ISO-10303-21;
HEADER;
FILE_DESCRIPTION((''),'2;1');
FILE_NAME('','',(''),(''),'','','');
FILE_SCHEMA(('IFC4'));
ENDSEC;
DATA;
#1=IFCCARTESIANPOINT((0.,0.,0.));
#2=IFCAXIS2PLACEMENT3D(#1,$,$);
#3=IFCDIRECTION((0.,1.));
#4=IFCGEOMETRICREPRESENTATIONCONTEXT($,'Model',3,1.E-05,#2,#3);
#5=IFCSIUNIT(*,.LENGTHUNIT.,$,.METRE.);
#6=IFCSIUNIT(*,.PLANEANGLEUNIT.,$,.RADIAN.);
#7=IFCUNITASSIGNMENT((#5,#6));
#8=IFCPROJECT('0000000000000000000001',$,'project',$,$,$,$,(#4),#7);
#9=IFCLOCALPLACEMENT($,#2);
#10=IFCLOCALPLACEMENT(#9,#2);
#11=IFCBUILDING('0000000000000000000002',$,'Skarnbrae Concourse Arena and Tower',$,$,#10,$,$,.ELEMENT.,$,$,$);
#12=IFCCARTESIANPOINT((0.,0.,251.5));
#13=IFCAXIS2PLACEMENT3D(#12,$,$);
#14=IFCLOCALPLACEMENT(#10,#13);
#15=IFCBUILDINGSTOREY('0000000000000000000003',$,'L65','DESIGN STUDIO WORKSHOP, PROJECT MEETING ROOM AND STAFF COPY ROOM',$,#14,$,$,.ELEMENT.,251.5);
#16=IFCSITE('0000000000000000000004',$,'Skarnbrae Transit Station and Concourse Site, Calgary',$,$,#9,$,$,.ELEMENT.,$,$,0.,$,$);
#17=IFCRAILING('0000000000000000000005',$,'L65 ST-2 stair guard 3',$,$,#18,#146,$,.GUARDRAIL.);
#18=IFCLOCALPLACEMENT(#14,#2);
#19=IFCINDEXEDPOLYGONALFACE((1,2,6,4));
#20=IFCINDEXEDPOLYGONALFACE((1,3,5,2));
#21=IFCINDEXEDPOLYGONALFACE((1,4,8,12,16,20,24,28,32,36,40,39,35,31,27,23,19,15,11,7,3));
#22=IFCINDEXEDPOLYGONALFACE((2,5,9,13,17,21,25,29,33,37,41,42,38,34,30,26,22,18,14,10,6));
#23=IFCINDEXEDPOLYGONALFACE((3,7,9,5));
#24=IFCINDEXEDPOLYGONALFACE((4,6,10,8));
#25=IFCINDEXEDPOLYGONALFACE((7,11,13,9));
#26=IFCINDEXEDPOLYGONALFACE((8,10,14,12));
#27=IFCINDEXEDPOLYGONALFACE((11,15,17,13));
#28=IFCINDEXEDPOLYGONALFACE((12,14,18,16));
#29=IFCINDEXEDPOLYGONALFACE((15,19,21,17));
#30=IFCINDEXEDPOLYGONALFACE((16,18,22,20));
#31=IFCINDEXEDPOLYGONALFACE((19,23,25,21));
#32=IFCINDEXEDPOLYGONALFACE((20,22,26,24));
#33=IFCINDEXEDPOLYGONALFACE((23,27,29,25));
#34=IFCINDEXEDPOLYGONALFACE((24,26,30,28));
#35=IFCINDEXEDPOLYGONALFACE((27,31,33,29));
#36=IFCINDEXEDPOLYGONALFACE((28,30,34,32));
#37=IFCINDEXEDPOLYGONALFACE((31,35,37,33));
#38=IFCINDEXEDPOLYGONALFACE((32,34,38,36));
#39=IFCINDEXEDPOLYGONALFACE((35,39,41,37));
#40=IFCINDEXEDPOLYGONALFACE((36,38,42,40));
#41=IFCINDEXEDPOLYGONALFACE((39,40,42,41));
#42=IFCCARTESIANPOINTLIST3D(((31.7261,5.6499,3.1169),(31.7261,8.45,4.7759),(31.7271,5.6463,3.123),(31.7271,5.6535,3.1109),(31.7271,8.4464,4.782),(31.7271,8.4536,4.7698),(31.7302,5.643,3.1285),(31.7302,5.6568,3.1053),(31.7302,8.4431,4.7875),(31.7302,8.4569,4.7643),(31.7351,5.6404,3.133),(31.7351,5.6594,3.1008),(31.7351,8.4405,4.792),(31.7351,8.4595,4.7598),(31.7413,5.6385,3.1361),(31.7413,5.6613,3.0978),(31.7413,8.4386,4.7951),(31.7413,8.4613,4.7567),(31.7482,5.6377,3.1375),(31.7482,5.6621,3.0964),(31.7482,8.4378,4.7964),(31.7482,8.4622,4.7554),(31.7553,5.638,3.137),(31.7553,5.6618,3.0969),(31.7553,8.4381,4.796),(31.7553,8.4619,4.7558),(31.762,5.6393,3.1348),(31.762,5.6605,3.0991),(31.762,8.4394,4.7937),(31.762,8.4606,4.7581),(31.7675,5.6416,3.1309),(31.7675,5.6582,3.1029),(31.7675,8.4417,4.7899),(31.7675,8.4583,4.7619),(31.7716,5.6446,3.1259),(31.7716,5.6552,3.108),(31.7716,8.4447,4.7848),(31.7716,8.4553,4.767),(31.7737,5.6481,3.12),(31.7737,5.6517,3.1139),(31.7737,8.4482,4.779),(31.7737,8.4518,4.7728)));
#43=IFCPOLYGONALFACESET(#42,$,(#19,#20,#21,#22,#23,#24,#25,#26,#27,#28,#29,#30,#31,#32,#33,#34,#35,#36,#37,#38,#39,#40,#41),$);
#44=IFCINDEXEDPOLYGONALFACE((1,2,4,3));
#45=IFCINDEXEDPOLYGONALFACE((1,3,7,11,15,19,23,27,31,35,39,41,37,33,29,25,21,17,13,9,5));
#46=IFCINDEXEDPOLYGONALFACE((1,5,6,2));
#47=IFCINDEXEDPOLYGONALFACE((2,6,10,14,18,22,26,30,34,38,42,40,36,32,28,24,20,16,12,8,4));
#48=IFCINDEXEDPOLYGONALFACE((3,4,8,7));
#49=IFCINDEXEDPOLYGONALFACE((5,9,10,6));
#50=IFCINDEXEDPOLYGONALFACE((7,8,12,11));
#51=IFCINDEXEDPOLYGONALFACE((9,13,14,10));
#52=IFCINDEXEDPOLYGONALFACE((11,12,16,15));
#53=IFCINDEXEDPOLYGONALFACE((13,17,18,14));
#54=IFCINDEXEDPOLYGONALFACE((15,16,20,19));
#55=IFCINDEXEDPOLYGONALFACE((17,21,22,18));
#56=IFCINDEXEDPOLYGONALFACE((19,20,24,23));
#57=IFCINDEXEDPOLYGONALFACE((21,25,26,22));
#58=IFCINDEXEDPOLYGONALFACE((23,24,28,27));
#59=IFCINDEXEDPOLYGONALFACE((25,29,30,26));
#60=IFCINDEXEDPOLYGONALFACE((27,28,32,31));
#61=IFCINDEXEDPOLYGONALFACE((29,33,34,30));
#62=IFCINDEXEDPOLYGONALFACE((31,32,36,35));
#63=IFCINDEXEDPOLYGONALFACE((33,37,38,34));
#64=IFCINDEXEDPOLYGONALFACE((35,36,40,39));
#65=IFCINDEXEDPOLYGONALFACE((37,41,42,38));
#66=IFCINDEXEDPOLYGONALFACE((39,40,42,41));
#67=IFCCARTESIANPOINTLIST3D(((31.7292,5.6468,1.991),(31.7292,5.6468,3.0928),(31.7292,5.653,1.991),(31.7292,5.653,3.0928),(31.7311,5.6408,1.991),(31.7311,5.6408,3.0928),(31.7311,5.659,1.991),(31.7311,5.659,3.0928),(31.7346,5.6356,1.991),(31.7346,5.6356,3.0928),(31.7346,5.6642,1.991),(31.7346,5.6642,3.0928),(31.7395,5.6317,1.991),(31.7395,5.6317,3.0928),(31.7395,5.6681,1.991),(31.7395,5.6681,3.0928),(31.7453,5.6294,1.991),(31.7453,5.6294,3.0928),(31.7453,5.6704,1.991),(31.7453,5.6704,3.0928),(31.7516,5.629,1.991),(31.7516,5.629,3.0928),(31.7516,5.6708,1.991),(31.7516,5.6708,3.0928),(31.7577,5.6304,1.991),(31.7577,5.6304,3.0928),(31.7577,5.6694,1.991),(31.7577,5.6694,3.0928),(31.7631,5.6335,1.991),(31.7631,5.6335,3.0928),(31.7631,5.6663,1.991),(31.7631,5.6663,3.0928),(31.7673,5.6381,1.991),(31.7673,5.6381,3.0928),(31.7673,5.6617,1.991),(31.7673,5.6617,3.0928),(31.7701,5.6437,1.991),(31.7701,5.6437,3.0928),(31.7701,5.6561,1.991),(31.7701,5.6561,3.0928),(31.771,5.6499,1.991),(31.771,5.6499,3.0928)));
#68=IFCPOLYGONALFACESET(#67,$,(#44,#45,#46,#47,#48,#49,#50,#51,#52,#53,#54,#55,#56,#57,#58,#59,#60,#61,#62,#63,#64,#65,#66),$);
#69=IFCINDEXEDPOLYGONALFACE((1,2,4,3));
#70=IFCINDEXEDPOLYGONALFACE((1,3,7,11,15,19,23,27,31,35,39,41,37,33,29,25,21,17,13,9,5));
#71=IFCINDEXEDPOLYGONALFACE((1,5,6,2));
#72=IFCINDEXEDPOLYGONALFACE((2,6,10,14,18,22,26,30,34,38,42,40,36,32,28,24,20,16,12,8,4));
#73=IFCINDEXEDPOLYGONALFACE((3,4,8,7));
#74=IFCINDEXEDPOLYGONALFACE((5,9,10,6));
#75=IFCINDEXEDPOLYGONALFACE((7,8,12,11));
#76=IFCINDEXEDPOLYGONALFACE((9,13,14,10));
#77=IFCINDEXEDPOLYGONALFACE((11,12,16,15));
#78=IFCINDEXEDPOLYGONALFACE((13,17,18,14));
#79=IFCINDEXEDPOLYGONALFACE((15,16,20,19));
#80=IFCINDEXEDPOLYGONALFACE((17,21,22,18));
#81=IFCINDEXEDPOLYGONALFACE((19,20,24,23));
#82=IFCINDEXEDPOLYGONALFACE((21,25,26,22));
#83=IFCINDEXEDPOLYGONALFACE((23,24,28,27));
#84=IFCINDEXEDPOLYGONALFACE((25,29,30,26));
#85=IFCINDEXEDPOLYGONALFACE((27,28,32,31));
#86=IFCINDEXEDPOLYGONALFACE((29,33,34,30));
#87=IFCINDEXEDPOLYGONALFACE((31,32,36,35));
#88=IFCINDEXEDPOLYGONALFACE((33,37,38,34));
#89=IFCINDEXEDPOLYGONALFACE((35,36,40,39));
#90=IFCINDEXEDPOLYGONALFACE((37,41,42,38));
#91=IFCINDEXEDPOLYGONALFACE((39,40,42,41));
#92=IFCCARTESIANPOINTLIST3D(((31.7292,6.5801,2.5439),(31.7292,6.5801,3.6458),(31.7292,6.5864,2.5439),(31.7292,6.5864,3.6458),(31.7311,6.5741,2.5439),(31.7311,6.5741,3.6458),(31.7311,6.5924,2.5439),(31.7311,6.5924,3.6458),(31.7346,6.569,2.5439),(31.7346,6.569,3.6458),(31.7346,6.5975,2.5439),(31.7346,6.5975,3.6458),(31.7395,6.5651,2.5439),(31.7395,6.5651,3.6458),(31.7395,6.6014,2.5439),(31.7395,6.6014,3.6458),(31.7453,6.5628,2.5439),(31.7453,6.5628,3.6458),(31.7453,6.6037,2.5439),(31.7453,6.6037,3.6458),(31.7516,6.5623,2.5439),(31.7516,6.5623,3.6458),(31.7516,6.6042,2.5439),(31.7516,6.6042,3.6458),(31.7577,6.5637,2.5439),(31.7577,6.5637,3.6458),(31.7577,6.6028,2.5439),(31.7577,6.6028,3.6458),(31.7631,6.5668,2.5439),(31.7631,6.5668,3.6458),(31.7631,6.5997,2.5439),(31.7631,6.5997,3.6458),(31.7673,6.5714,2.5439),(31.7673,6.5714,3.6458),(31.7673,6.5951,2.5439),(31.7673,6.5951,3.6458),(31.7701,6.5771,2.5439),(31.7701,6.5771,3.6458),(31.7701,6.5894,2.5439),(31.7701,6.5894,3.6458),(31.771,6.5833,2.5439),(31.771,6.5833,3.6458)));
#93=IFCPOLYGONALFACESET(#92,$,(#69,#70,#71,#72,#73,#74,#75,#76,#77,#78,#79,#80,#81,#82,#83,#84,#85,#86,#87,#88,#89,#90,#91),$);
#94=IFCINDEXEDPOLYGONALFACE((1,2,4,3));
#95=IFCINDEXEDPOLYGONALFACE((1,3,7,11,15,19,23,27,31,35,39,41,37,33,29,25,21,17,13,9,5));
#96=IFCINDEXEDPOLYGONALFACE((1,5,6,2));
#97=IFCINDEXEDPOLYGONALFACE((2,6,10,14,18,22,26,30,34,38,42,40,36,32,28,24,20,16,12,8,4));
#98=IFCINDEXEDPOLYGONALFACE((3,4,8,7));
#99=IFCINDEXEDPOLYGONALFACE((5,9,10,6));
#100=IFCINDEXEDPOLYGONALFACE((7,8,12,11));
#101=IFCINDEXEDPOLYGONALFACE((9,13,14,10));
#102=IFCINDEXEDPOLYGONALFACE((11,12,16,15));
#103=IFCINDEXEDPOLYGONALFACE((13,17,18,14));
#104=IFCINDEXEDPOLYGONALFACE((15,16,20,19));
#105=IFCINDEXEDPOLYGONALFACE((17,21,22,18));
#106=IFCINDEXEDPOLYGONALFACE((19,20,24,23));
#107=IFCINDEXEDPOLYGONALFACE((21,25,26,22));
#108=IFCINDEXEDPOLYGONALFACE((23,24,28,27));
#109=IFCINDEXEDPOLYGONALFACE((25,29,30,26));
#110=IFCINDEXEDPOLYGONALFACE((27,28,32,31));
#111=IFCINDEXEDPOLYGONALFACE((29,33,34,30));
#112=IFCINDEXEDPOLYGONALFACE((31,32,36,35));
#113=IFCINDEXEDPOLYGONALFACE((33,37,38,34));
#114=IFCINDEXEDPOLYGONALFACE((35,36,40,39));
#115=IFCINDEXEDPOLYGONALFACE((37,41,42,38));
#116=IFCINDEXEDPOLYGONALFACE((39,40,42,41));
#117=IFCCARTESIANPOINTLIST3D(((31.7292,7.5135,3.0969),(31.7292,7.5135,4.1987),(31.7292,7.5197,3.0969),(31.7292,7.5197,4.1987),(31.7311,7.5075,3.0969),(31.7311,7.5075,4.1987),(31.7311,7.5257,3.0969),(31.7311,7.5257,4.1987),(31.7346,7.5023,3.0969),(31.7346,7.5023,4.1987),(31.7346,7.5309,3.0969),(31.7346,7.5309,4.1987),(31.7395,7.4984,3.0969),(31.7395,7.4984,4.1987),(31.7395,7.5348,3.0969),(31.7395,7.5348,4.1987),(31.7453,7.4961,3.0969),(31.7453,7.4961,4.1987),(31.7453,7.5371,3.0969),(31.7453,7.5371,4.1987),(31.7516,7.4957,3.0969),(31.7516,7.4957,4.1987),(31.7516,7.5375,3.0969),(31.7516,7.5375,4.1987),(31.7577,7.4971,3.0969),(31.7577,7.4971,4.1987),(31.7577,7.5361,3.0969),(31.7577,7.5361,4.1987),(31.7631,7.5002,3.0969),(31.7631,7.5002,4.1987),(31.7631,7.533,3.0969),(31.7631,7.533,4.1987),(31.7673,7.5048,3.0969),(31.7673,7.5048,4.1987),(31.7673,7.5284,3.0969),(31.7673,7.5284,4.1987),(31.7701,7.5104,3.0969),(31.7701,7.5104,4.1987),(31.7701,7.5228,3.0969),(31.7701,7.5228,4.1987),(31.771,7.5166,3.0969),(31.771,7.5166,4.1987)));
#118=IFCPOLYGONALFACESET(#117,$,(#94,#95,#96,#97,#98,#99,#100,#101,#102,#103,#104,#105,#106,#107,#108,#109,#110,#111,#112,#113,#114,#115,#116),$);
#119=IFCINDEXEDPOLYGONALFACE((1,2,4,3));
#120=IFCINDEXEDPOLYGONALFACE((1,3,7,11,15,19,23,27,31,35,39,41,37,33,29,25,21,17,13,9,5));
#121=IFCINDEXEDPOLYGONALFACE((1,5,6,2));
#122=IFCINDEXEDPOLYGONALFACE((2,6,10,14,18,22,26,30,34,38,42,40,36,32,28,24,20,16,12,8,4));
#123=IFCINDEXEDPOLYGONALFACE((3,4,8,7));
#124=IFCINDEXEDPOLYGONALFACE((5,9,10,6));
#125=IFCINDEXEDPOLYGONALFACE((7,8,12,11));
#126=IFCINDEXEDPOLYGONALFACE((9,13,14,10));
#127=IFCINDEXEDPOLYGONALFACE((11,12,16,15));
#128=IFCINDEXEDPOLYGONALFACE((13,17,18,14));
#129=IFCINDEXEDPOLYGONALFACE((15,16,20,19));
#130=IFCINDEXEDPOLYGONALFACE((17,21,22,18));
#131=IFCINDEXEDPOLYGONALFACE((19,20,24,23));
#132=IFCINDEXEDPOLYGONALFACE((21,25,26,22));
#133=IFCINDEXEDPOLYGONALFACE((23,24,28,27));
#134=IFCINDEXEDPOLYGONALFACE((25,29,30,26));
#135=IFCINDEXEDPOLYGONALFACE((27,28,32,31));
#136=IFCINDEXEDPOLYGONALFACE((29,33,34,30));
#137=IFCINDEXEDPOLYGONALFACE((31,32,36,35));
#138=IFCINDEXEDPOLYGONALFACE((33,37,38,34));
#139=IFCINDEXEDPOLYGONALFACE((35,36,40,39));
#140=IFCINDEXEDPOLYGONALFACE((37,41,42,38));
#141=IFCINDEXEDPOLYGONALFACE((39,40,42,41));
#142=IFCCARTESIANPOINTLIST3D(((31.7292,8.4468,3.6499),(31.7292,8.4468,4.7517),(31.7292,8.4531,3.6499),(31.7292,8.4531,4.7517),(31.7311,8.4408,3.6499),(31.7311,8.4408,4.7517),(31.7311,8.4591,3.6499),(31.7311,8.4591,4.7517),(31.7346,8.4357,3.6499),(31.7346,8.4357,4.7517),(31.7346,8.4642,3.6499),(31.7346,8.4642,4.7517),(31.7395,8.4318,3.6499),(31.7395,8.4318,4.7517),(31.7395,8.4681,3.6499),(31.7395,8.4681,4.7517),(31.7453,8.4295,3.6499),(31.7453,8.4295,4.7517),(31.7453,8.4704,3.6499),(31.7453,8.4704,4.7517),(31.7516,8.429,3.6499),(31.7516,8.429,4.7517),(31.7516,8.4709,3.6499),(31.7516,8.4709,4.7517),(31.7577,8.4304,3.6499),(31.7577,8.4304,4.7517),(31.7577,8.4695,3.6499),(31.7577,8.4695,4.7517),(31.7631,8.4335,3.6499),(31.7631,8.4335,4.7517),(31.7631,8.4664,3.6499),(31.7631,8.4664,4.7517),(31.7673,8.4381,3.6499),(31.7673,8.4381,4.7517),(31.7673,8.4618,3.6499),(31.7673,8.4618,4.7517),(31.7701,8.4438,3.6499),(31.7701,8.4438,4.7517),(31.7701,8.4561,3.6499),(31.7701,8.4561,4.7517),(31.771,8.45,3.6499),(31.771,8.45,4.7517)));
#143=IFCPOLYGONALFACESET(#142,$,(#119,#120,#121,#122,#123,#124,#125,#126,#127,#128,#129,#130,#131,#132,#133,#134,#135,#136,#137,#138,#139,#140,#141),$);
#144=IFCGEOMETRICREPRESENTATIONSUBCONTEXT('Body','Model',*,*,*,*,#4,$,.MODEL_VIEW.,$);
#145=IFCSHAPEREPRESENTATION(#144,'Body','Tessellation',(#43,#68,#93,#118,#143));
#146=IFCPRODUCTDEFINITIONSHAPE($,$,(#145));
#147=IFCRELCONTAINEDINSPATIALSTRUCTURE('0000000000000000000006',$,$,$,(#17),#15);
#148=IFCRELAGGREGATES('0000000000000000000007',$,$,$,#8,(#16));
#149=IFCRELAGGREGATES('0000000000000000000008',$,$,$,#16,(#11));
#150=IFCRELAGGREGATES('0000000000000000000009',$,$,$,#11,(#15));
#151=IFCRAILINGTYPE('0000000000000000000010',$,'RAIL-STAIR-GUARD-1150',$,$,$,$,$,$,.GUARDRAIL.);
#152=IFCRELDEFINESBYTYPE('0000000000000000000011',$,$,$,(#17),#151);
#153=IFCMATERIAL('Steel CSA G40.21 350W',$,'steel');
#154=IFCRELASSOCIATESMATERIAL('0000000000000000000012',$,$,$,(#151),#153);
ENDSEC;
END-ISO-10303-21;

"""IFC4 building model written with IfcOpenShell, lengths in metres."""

from ifc_helpers import new_model, si_unit, direction, frame, origin, origin_2d, place, context, subcontext, project, spatial, circle, extrude, material, type_object, element, save


model = new_model("IFC4")

# Units and contexts
model_context = context("Model", 3, precision=1e-05, world=origin(), true_north=direction((0.0, 1.0)))
body_context = subcontext(model_context, "Body", "Model", "MODEL_VIEW")
ifc_project = project(units=[si_unit("LENGTHUNIT", "METRE"), si_unit("PLANEANGLEUNIT", "RADIAN")], contexts=[model_context])

# Site, building, storey
site_placement = place(None, origin())
site = spatial("IfcSite", under=ifc_project, at=site_placement, Name="Skarnbrae Transit Station and Concourse Site, Calgary", CompositionType="ELEMENT", RefElevation=0.0)
building_placement = place(site_placement, origin())
building = spatial("IfcBuilding", under=site, at=building_placement, Name="Skarnbrae Concourse Arena and Tower", CompositionType="ELEMENT")
storey_placement = place(building_placement, frame((0.0, 0.0, 251.5)))
storey = spatial("IfcBuildingStorey", under=building, at=storey_placement, Name="L65", Description="DESIGN STUDIO WORKSHOP, PROJECT MEETING ROOM AND STAFF COPY ROOM", CompositionType="ELEMENT", Elevation=251.5)

# Shared definitions
ifc_material_1 = material(Name="Steel CSA G40.21 350W", Category="steel")

# Railing
railing_type_1 = type_object("IfcRailingType", Name="RAIL-STAIR-GUARD-1150", PredefinedType="GUARDRAIL", material=ifc_material_1)
railing_1_placement = place(storey_placement, frame((31.75, 5.6499, 1.991)))
element("IfcRailing", 1, at=railing_1_placement, inside=storey, type_object=railing_type_1, Name="L65 ST-2 stair guard 3", PredefinedType="GUARDRAIL", context=body_context, shape_type="SweptSolid", body=[
    extrude(circle(Radius=0.0239, at=origin_2d()), frame((0.0, 0.0, 1.126), z_axis=(0.0, 0.860339, 0.509722), x_axis=(-1.0, 0.0, 0.0)), (0.0, 0.0, 1.0), 3.2546),
    extrude(circle(Radius=0.021, at=origin_2d()), origin(), (0.0, 0.0, 1.0), 1.1018),
    extrude(circle(Radius=0.021, at=origin_2d()), frame((0.0, 0.9333, 0.553)), (0.0, 0.0, 1.0), 1.1018),
    extrude(circle(Radius=0.021, at=origin_2d()), frame((0.0, 1.8667, 1.106)), (0.0, 0.0, 1.0), 1.1018),
    extrude(circle(Radius=0.021, at=origin_2d()), frame((0.0, 2.8, 1.6589)), (0.0, 0.0, 1.0), 1.1018),
])

save(model, "model.ifc")
